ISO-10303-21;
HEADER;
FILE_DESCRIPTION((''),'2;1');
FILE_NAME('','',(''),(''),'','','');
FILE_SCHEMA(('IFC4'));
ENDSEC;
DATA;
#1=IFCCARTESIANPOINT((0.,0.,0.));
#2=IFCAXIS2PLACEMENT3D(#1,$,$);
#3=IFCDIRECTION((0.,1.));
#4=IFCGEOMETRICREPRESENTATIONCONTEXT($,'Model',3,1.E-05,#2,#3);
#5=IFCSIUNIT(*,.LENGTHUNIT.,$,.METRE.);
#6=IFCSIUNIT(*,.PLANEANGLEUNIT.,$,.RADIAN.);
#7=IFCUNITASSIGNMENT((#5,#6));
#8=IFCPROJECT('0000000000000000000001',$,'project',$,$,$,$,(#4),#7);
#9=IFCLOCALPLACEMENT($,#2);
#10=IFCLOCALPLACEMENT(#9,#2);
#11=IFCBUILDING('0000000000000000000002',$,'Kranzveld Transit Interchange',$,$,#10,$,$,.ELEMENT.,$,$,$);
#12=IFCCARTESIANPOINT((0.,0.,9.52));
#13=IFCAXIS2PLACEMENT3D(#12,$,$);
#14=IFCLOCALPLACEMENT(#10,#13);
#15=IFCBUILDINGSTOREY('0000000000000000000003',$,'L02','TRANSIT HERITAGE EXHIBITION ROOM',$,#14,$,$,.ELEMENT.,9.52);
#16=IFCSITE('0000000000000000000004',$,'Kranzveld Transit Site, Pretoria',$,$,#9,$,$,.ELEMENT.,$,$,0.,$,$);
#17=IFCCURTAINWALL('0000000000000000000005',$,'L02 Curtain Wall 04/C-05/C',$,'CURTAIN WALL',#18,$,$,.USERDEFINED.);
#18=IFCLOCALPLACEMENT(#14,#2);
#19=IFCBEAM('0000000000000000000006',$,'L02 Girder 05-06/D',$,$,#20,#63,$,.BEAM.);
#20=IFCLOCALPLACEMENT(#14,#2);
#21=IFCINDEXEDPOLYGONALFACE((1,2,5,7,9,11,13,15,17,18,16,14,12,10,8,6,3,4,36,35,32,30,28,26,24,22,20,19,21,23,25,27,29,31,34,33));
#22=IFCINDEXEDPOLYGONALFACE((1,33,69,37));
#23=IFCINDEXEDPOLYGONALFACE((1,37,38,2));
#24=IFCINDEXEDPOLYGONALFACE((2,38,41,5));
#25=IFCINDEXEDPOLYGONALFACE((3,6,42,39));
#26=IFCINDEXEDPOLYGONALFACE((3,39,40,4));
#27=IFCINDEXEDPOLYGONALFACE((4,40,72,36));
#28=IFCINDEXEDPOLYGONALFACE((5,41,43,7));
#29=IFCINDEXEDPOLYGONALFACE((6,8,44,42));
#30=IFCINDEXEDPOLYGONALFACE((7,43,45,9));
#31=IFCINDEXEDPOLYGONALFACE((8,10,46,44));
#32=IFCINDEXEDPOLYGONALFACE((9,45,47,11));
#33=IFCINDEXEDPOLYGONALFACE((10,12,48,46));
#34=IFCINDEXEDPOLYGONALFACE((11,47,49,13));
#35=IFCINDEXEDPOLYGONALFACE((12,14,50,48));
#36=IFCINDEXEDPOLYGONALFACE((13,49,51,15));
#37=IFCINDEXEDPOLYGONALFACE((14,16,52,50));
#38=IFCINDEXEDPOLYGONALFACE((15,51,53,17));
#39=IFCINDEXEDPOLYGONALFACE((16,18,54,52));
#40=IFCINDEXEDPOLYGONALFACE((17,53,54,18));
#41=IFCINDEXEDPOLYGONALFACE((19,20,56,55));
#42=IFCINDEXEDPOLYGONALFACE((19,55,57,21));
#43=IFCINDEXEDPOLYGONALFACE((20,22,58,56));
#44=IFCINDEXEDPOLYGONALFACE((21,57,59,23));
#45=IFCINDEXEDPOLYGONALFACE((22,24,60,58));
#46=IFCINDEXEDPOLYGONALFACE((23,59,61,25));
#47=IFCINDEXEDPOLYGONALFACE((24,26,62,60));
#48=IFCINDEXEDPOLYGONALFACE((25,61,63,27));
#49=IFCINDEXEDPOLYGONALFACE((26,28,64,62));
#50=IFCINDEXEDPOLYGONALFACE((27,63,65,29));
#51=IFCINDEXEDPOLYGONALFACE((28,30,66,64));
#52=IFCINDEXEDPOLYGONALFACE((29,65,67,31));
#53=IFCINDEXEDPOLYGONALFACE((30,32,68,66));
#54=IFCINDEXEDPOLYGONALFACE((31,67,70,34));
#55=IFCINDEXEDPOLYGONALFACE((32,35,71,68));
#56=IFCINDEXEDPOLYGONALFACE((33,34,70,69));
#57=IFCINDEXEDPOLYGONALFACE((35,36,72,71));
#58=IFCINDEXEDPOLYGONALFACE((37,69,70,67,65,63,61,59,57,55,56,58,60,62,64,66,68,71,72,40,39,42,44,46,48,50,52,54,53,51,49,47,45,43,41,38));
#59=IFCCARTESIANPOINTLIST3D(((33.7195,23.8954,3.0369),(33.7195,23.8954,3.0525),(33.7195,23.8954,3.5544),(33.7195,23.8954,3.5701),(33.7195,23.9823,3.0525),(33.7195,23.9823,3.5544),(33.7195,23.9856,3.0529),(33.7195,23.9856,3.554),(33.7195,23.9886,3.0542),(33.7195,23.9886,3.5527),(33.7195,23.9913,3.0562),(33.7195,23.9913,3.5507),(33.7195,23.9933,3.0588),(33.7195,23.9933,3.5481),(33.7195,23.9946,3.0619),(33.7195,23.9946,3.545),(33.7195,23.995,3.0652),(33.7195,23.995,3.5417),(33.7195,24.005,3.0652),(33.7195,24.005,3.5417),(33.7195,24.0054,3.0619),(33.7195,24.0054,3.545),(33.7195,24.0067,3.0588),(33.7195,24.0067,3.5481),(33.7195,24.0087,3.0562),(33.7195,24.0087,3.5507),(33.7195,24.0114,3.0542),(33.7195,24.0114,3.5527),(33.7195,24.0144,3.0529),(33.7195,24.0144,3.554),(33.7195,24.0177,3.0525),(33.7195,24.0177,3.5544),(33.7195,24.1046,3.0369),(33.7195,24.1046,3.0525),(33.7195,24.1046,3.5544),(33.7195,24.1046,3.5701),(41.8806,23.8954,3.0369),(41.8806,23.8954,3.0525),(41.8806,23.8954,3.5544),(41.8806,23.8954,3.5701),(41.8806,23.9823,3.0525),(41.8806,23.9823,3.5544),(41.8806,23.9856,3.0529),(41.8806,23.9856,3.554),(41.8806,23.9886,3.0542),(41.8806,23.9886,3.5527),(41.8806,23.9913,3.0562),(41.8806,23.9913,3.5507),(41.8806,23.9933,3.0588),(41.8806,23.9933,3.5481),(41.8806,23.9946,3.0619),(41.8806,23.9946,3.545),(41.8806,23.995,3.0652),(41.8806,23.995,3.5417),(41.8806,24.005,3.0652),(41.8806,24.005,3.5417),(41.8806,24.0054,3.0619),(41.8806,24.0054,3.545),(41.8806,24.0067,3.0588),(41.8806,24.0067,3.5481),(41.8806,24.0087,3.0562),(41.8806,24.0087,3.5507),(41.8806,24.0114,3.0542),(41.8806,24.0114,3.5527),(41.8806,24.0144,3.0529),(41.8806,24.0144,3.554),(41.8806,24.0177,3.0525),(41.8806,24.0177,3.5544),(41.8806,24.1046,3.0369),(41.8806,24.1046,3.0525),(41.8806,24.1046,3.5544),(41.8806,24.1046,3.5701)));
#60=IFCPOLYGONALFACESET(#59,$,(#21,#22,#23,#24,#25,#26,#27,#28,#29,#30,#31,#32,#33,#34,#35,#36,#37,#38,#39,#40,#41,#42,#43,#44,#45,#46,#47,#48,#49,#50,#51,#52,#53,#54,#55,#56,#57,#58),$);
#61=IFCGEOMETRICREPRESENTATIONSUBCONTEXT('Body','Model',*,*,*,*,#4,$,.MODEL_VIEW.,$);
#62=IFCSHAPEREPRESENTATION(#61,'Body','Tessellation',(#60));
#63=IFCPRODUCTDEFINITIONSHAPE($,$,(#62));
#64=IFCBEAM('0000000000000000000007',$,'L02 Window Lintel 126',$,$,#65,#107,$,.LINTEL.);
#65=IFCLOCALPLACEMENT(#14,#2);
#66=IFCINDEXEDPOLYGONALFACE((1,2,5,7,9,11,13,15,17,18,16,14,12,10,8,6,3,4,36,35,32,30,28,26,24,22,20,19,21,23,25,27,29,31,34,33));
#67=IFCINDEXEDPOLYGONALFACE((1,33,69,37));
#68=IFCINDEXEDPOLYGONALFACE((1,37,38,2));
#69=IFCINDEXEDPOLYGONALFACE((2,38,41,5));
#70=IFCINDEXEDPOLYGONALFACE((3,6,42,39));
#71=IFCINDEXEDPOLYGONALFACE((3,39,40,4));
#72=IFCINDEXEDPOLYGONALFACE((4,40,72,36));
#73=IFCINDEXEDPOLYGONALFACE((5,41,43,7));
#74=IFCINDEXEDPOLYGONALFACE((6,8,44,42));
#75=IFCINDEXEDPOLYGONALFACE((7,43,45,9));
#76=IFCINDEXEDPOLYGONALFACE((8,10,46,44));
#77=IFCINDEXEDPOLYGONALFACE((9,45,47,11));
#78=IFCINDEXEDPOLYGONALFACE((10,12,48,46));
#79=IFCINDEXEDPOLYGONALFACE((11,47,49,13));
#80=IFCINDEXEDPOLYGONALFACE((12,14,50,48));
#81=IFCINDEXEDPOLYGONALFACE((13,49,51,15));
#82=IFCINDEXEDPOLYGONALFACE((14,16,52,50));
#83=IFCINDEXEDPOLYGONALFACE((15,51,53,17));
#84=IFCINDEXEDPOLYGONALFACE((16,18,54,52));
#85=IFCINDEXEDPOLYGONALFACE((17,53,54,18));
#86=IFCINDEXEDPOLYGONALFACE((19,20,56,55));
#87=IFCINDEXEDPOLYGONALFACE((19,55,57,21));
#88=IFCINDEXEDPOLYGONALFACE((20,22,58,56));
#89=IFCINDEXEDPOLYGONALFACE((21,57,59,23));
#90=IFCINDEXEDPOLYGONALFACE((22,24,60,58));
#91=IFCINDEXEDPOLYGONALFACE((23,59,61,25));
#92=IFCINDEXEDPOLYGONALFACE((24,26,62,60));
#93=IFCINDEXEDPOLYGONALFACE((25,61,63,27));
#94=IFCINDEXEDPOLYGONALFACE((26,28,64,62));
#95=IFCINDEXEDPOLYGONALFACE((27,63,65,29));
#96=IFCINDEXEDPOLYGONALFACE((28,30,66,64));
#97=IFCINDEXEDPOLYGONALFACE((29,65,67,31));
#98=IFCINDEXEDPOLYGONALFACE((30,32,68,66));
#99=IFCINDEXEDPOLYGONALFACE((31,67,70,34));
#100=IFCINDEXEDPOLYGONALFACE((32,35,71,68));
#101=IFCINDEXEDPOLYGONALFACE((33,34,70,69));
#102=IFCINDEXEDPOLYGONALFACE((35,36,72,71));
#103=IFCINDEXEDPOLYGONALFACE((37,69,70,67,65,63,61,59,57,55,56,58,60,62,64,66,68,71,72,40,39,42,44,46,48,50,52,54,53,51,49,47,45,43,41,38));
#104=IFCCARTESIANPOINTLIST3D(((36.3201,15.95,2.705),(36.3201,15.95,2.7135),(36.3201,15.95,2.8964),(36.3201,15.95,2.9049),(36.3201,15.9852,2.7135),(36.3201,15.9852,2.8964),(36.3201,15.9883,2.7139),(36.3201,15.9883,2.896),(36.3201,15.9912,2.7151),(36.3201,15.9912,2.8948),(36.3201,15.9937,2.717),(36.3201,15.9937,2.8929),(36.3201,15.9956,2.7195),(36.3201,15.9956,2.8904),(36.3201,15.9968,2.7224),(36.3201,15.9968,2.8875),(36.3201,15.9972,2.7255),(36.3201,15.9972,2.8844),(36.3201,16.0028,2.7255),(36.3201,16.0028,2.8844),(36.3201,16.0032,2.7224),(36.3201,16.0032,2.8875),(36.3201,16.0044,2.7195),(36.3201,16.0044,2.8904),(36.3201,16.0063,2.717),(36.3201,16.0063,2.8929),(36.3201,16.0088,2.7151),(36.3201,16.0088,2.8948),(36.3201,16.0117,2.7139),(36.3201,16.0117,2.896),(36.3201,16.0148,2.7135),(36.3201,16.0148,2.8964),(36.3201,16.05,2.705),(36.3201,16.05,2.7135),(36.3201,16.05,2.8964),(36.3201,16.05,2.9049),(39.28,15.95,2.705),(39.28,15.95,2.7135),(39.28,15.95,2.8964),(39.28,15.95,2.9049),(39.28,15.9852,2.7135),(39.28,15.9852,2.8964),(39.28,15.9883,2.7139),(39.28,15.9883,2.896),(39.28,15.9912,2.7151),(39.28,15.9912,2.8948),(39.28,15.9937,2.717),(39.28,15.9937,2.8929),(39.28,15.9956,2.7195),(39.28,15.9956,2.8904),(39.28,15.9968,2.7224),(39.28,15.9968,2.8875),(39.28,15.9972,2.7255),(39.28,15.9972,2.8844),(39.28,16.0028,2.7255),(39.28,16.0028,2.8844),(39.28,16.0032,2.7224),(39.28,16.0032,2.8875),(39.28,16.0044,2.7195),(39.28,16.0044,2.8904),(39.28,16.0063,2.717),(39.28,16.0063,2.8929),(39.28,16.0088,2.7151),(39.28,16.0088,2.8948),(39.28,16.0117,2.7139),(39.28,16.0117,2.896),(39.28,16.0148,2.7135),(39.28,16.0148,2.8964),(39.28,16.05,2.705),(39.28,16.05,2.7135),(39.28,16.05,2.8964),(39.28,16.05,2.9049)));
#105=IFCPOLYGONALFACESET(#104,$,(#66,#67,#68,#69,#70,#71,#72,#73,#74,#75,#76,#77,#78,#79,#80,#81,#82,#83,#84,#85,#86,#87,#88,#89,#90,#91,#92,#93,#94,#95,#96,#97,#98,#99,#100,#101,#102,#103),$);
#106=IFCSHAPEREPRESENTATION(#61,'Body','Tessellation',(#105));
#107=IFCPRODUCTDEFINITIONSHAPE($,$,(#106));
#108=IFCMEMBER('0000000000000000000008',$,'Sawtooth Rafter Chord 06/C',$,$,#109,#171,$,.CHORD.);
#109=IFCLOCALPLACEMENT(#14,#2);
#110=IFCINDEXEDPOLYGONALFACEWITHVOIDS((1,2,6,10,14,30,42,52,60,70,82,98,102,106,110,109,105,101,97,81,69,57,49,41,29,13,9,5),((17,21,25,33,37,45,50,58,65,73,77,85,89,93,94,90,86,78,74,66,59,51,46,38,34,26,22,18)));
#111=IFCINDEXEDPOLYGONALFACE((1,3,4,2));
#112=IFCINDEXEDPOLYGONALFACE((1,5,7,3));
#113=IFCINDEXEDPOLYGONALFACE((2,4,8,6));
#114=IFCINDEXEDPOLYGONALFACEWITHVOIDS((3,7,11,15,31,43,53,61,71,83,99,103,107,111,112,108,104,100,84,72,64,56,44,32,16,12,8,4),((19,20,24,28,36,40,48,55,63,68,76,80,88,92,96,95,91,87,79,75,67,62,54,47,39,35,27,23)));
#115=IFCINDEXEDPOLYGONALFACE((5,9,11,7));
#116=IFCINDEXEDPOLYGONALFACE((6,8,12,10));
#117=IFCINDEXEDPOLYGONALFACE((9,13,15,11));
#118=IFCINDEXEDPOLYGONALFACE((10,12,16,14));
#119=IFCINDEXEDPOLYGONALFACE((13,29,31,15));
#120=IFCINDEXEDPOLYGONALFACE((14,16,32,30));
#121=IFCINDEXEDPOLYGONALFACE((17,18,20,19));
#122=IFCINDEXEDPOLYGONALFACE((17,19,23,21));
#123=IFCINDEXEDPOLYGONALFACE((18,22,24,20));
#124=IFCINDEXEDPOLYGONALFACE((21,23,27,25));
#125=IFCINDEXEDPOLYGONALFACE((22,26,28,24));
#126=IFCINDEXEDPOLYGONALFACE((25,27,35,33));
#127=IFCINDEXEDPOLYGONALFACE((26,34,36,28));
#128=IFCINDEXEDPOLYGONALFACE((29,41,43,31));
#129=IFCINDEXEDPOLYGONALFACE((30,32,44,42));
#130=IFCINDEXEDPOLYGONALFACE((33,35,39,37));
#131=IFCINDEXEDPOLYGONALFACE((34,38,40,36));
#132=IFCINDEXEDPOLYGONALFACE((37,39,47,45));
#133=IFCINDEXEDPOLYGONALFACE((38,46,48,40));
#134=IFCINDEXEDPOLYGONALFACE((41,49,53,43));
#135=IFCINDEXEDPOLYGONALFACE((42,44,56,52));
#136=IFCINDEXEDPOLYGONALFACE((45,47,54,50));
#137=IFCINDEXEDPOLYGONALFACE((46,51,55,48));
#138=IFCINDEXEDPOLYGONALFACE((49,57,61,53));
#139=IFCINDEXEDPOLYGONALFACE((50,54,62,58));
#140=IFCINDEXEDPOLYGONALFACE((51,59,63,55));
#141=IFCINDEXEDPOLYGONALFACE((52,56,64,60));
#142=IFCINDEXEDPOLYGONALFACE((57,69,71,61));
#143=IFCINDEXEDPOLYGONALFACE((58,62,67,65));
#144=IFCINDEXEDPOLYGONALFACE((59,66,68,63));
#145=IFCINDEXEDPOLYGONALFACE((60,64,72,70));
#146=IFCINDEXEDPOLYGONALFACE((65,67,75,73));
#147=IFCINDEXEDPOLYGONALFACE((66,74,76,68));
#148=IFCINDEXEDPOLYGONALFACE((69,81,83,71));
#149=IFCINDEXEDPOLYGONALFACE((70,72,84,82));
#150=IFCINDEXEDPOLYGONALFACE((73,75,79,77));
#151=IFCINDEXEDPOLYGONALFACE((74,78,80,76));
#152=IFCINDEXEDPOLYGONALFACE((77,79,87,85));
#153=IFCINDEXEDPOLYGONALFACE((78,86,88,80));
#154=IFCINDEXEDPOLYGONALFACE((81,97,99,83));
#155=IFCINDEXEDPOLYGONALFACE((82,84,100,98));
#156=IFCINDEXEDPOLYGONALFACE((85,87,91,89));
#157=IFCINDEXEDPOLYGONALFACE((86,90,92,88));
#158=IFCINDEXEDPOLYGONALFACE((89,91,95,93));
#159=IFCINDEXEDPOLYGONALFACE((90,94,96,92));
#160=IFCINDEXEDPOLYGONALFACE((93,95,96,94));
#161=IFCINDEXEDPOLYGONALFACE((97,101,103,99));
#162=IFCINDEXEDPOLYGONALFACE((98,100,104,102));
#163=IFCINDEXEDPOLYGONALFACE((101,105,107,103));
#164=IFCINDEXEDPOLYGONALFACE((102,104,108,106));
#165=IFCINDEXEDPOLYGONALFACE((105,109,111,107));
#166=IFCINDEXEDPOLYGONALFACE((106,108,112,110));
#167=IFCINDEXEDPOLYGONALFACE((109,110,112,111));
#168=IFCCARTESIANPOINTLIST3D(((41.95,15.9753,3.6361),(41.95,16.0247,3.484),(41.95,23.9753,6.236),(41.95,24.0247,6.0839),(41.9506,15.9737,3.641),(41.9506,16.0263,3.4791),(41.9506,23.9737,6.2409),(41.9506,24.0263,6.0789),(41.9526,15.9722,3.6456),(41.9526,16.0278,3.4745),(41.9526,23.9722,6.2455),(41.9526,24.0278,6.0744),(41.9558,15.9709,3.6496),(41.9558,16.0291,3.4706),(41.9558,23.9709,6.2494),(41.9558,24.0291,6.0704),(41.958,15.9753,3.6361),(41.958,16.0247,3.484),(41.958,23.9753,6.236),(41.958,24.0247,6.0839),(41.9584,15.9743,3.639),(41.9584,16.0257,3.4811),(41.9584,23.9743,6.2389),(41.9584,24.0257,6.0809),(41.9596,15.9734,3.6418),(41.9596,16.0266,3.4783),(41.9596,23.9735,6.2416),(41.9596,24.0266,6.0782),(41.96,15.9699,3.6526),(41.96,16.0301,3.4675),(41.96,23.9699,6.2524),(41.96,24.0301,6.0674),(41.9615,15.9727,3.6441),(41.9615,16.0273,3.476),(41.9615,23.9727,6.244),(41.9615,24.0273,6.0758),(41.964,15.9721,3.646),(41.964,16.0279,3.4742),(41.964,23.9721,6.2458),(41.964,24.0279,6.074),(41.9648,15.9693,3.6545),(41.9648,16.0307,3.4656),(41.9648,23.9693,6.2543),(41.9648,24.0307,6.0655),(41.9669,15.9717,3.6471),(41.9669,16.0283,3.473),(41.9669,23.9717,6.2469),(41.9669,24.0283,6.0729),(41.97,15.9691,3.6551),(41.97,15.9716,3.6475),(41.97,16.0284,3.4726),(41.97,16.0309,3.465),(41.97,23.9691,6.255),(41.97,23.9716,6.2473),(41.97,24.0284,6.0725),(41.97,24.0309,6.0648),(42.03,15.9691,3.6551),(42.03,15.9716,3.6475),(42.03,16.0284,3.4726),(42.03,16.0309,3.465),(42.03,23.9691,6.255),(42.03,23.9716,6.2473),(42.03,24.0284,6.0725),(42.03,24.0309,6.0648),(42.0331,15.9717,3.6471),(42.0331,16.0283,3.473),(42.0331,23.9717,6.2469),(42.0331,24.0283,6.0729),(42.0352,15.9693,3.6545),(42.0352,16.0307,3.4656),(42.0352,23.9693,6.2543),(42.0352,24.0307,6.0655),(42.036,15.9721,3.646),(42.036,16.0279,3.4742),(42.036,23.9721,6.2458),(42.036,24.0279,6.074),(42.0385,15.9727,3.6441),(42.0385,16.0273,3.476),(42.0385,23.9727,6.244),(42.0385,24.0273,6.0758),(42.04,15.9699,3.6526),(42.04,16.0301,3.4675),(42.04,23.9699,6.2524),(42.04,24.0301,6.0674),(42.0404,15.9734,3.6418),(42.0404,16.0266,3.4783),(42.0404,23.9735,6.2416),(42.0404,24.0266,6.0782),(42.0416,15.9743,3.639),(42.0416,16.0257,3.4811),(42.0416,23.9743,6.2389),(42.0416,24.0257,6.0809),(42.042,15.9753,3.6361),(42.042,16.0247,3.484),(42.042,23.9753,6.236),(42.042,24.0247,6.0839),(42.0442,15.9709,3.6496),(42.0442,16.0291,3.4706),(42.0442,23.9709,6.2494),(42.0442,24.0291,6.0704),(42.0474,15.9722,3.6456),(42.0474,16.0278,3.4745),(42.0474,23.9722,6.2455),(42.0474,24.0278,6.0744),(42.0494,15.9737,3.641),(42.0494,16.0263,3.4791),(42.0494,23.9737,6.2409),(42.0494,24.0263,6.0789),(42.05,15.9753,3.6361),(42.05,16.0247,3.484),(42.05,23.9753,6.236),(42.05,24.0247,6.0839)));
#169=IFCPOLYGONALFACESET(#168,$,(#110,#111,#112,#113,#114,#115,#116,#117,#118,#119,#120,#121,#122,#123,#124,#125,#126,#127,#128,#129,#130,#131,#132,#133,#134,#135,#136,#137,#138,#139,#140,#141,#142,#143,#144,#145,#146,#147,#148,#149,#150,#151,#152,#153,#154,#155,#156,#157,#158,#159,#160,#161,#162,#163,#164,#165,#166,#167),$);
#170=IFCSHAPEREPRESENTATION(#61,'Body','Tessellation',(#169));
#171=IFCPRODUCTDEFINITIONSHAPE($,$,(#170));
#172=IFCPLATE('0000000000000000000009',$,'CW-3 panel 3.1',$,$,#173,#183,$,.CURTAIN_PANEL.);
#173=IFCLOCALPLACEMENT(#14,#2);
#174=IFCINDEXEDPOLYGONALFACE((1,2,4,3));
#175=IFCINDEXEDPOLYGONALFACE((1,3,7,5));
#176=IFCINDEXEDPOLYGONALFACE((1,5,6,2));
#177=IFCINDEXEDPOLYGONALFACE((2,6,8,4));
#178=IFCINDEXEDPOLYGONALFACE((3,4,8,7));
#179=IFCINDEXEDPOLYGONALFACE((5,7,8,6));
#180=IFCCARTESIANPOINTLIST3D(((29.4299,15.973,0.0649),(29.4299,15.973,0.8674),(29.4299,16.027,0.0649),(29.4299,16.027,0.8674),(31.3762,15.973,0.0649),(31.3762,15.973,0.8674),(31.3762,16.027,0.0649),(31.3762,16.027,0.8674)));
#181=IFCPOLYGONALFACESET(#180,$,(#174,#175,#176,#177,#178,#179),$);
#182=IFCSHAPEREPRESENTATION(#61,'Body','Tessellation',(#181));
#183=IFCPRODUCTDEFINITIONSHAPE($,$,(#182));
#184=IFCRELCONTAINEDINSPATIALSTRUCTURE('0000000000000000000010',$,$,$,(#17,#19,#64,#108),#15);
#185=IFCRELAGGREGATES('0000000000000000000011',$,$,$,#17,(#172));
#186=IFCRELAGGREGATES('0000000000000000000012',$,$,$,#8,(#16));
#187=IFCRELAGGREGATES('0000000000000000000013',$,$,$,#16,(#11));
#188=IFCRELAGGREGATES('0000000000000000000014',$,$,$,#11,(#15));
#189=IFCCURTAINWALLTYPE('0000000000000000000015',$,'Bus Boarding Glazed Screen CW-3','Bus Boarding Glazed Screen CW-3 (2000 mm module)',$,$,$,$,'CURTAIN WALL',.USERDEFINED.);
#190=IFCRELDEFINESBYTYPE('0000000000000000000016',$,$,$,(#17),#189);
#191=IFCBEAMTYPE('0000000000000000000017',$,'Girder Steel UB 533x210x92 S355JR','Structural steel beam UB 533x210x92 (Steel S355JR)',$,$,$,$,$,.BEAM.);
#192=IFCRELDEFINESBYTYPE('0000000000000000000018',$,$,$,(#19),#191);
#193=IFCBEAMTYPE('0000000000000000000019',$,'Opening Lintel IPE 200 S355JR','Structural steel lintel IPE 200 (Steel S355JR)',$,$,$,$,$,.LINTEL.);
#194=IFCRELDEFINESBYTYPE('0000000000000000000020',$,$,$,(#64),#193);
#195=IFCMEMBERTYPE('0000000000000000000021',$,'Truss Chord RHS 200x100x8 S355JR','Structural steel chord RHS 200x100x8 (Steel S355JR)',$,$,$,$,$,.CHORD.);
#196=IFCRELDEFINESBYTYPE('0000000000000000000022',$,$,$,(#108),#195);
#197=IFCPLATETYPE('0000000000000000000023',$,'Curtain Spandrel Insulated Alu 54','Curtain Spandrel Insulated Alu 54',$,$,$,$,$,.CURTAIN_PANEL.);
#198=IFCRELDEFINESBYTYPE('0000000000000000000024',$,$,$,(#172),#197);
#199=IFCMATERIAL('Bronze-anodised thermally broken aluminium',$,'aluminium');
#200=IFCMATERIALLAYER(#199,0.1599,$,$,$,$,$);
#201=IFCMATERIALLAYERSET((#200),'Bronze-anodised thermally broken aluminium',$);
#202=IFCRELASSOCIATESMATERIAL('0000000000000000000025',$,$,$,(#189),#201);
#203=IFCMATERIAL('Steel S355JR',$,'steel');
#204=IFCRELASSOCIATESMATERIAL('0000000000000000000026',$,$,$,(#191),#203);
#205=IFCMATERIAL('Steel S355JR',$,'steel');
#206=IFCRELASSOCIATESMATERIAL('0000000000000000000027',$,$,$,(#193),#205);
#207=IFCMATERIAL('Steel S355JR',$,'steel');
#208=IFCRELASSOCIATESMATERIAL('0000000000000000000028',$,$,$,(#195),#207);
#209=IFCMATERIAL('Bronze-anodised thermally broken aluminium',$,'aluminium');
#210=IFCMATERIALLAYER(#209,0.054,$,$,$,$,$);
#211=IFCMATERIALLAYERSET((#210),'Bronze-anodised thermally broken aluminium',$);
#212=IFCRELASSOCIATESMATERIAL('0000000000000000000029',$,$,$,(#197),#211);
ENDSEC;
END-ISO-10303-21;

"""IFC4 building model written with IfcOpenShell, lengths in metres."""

from ifc_helpers import new_model, si_unit, direction, frame, origin, origin_2d, place, context, subcontext, project, spatial, rectangle, hollow_rectangle, i_section, extrude, material, layer, layer_set, material_profile, profile_set, type_object, element, aggregate, save


model = new_model("IFC4")

# Units and contexts
model_context = context("Model", 3, precision=1e-05, world=origin(), true_north=direction((0.0, 1.0)))
body_context = subcontext(model_context, "Body", "Model", "MODEL_VIEW")
ifc_project = project(units=[si_unit("LENGTHUNIT", "METRE"), si_unit("PLANEANGLEUNIT", "RADIAN")], contexts=[model_context])

# Site, building, storey
site_placement = place(None, origin())
site = spatial("IfcSite", under=ifc_project, at=site_placement, Name="Kranzveld Transit Site, Pretoria", CompositionType="ELEMENT", RefElevation=0.0)
building_placement = place(site_placement, origin())
building = spatial("IfcBuilding", under=site, at=building_placement, Name="Kranzveld Transit Interchange", CompositionType="ELEMENT")
storey_placement = place(building_placement, frame((0.0, 0.0, 9.52)))
storey = spatial("IfcBuildingStorey", under=building, at=storey_placement, Name="L02", Description="TRANSIT HERITAGE EXHIBITION ROOM", CompositionType="ELEMENT", Elevation=9.52)

# Curtain wall
ifc_material_1 = material(Name="Bronze-anodised thermally broken aluminium", Category="aluminium")
ifc_layer_1 = layer(ifc_material_1, 0.1599)
ifc_layer_set_1 = layer_set([ifc_layer_1], Name="Bronze-anodised thermally broken aluminium")
curtain_wall_type = type_object("IfcCurtainWallType", Name="Bus Boarding Glazed Screen CW-3", Description="Bus Boarding Glazed Screen CW-3 (2000 mm module)", ElementType="CURTAIN WALL", PredefinedType="USERDEFINED", material=ifc_layer_set_1)
curtain_wall_placement = place(storey_placement, origin())
curtain_wall = element("IfcCurtainWall", 1, at=curtain_wall_placement, inside=storey, type_object=curtain_wall_type, Name="L02 Curtain Wall 04/C-05/C", ObjectType="CURTAIN WALL", PredefinedType="USERDEFINED")

# Beams
ifc_material_2 = material(Name="Steel S355JR", Category="steel")
ifc_material_profile_1 = material_profile(ifc_material_2, i_section(OverallWidth=0.2092, OverallDepth=0.5332, WebThickness=0.01, FlangeThickness=0.0156, FilletRadius=0.0127, at=origin_2d()), Name="UB 533x210x92")
ifc_profile_set_1 = profile_set([ifc_material_profile_1], Name="Steel S355JR")
beam_type_1 = type_object("IfcBeamType", Name="Girder Steel UB 533x210x92 S355JR", Description="Structural steel beam UB 533x210x92 (Steel S355JR)", PredefinedType="BEAM", material=ifc_profile_set_1)
beam_1_placement = place(storey_placement, frame((33.7195, 24.0, 3.3035), z_axis=(1.0, 0.0, 0.0), x_axis=(0.0, 1.0, 0.0)))
element("IfcBeam", 2, at=beam_1_placement, inside=storey, type_object=beam_type_1, Name="L02 Girder 05-06/D", PredefinedType="BEAM", context=body_context, shape_type="SweptSolid", body=[
    extrude(i_section(OverallWidth=0.2092, OverallDepth=0.5332, WebThickness=0.01, FlangeThickness=0.0156, FilletRadius=0.0127, at=origin_2d()), origin(), (0.0, 0.0, 1.0), 8.1611),
])
ifc_material_3 = material(Name="Steel S355JR", Category="steel")
ifc_material_profile_2 = material_profile(ifc_material_3, i_section(OverallWidth=0.1001, OverallDepth=0.2, WebThickness=0.0056, FlangeThickness=0.0085, FilletRadius=0.012, at=origin_2d()), Name="IPE 200")
ifc_profile_set_2 = profile_set([ifc_material_profile_2], Name="Steel S355JR")
beam_type_2 = type_object("IfcBeamType", Name="Opening Lintel IPE 200 S355JR", Description="Structural steel lintel IPE 200 (Steel S355JR)", PredefinedType="LINTEL", material=ifc_profile_set_2)
beam_2_placement = place(storey_placement, frame((36.3201, 16.0, 2.8049), z_axis=(1.0, 0.0, 0.0), x_axis=(0.0, 1.0, 0.0)))
element("IfcBeam", 3, at=beam_2_placement, inside=storey, type_object=beam_type_2, Name="L02 Window Lintel 126", PredefinedType="LINTEL", context=body_context, shape_type="SweptSolid", body=[
    extrude(i_section(OverallWidth=0.1001, OverallDepth=0.2, WebThickness=0.0056, FlangeThickness=0.0085, FilletRadius=0.012, at=origin_2d()), origin(), (0.0, 0.0, 1.0), 2.96),
])

# Member
ifc_material_4 = material(Name="Steel S355JR", Category="steel")
ifc_material_profile_3 = material_profile(ifc_material_4, hollow_rectangle(XDim=0.1001, YDim=0.2, WallThickness=0.0081, InnerFilletRadius=0.012, OuterFilletRadius=0.02, at=origin_2d()), Name="RHS 200x100x8")
ifc_profile_set_3 = profile_set([ifc_material_profile_3], Name="Steel S355JR")
member_type_1 = type_object("IfcMemberType", Name="Truss Chord RHS 200x100x8 S355JR", Description="Structural steel chord RHS 200x100x8 (Steel S355JR)", PredefinedType="CHORD", material=ifc_profile_set_3)
member_1_placement = place(storey_placement, frame((42.0, 16.0, 3.5601), z_axis=(0.0, 0.951039, 0.30907), x_axis=(-1.0, 0.0, 0.0)))
element("IfcMember", 4, at=member_1_placement, inside=storey, type_object=member_type_1, Name="Sawtooth Rafter Chord 06/C", PredefinedType="CHORD", context=body_context, shape_type="SweptSolid", body=[
    extrude(hollow_rectangle(XDim=0.1001, YDim=0.2, WallThickness=0.0081, InnerFilletRadius=0.012, OuterFilletRadius=0.02, at=origin_2d()), origin(), (0.0, 0.0, 1.0), 8.4119),
])

# Plate
ifc_material_5 = material(Name="Bronze-anodised thermally broken aluminium", Category="aluminium")
ifc_layer_2 = layer(ifc_material_5, 0.054)
ifc_layer_set_2 = layer_set([ifc_layer_2], Name="Bronze-anodised thermally broken aluminium")
plate_type = type_object("IfcPlateType", Name="Curtain Spandrel Insulated Alu 54", Description="Curtain Spandrel Insulated Alu 54", PredefinedType="CURTAIN_PANEL", material=ifc_layer_set_2)
plate_1_placement = place(storey_placement, frame((30.4031, 16.0, 0.0649), z_axis=(0.0, 0.0, 1.0), x_axis=(1.0, 0.0, 0.0)))
plate_1 = element("IfcPlate", 5, at=plate_1_placement, type_object=plate_type, Name="CW-3 panel 3.1", PredefinedType="CURTAIN_PANEL", context=body_context, shape_type="SweptSolid", body=[
    extrude(rectangle(XDim=1.9463, YDim=0.054, at=origin_2d()), origin(), (0.0, 0.0, 1.0), 0.8025),
])
aggregate(curtain_wall, [plate_1])

save(model, "model.ifc")
